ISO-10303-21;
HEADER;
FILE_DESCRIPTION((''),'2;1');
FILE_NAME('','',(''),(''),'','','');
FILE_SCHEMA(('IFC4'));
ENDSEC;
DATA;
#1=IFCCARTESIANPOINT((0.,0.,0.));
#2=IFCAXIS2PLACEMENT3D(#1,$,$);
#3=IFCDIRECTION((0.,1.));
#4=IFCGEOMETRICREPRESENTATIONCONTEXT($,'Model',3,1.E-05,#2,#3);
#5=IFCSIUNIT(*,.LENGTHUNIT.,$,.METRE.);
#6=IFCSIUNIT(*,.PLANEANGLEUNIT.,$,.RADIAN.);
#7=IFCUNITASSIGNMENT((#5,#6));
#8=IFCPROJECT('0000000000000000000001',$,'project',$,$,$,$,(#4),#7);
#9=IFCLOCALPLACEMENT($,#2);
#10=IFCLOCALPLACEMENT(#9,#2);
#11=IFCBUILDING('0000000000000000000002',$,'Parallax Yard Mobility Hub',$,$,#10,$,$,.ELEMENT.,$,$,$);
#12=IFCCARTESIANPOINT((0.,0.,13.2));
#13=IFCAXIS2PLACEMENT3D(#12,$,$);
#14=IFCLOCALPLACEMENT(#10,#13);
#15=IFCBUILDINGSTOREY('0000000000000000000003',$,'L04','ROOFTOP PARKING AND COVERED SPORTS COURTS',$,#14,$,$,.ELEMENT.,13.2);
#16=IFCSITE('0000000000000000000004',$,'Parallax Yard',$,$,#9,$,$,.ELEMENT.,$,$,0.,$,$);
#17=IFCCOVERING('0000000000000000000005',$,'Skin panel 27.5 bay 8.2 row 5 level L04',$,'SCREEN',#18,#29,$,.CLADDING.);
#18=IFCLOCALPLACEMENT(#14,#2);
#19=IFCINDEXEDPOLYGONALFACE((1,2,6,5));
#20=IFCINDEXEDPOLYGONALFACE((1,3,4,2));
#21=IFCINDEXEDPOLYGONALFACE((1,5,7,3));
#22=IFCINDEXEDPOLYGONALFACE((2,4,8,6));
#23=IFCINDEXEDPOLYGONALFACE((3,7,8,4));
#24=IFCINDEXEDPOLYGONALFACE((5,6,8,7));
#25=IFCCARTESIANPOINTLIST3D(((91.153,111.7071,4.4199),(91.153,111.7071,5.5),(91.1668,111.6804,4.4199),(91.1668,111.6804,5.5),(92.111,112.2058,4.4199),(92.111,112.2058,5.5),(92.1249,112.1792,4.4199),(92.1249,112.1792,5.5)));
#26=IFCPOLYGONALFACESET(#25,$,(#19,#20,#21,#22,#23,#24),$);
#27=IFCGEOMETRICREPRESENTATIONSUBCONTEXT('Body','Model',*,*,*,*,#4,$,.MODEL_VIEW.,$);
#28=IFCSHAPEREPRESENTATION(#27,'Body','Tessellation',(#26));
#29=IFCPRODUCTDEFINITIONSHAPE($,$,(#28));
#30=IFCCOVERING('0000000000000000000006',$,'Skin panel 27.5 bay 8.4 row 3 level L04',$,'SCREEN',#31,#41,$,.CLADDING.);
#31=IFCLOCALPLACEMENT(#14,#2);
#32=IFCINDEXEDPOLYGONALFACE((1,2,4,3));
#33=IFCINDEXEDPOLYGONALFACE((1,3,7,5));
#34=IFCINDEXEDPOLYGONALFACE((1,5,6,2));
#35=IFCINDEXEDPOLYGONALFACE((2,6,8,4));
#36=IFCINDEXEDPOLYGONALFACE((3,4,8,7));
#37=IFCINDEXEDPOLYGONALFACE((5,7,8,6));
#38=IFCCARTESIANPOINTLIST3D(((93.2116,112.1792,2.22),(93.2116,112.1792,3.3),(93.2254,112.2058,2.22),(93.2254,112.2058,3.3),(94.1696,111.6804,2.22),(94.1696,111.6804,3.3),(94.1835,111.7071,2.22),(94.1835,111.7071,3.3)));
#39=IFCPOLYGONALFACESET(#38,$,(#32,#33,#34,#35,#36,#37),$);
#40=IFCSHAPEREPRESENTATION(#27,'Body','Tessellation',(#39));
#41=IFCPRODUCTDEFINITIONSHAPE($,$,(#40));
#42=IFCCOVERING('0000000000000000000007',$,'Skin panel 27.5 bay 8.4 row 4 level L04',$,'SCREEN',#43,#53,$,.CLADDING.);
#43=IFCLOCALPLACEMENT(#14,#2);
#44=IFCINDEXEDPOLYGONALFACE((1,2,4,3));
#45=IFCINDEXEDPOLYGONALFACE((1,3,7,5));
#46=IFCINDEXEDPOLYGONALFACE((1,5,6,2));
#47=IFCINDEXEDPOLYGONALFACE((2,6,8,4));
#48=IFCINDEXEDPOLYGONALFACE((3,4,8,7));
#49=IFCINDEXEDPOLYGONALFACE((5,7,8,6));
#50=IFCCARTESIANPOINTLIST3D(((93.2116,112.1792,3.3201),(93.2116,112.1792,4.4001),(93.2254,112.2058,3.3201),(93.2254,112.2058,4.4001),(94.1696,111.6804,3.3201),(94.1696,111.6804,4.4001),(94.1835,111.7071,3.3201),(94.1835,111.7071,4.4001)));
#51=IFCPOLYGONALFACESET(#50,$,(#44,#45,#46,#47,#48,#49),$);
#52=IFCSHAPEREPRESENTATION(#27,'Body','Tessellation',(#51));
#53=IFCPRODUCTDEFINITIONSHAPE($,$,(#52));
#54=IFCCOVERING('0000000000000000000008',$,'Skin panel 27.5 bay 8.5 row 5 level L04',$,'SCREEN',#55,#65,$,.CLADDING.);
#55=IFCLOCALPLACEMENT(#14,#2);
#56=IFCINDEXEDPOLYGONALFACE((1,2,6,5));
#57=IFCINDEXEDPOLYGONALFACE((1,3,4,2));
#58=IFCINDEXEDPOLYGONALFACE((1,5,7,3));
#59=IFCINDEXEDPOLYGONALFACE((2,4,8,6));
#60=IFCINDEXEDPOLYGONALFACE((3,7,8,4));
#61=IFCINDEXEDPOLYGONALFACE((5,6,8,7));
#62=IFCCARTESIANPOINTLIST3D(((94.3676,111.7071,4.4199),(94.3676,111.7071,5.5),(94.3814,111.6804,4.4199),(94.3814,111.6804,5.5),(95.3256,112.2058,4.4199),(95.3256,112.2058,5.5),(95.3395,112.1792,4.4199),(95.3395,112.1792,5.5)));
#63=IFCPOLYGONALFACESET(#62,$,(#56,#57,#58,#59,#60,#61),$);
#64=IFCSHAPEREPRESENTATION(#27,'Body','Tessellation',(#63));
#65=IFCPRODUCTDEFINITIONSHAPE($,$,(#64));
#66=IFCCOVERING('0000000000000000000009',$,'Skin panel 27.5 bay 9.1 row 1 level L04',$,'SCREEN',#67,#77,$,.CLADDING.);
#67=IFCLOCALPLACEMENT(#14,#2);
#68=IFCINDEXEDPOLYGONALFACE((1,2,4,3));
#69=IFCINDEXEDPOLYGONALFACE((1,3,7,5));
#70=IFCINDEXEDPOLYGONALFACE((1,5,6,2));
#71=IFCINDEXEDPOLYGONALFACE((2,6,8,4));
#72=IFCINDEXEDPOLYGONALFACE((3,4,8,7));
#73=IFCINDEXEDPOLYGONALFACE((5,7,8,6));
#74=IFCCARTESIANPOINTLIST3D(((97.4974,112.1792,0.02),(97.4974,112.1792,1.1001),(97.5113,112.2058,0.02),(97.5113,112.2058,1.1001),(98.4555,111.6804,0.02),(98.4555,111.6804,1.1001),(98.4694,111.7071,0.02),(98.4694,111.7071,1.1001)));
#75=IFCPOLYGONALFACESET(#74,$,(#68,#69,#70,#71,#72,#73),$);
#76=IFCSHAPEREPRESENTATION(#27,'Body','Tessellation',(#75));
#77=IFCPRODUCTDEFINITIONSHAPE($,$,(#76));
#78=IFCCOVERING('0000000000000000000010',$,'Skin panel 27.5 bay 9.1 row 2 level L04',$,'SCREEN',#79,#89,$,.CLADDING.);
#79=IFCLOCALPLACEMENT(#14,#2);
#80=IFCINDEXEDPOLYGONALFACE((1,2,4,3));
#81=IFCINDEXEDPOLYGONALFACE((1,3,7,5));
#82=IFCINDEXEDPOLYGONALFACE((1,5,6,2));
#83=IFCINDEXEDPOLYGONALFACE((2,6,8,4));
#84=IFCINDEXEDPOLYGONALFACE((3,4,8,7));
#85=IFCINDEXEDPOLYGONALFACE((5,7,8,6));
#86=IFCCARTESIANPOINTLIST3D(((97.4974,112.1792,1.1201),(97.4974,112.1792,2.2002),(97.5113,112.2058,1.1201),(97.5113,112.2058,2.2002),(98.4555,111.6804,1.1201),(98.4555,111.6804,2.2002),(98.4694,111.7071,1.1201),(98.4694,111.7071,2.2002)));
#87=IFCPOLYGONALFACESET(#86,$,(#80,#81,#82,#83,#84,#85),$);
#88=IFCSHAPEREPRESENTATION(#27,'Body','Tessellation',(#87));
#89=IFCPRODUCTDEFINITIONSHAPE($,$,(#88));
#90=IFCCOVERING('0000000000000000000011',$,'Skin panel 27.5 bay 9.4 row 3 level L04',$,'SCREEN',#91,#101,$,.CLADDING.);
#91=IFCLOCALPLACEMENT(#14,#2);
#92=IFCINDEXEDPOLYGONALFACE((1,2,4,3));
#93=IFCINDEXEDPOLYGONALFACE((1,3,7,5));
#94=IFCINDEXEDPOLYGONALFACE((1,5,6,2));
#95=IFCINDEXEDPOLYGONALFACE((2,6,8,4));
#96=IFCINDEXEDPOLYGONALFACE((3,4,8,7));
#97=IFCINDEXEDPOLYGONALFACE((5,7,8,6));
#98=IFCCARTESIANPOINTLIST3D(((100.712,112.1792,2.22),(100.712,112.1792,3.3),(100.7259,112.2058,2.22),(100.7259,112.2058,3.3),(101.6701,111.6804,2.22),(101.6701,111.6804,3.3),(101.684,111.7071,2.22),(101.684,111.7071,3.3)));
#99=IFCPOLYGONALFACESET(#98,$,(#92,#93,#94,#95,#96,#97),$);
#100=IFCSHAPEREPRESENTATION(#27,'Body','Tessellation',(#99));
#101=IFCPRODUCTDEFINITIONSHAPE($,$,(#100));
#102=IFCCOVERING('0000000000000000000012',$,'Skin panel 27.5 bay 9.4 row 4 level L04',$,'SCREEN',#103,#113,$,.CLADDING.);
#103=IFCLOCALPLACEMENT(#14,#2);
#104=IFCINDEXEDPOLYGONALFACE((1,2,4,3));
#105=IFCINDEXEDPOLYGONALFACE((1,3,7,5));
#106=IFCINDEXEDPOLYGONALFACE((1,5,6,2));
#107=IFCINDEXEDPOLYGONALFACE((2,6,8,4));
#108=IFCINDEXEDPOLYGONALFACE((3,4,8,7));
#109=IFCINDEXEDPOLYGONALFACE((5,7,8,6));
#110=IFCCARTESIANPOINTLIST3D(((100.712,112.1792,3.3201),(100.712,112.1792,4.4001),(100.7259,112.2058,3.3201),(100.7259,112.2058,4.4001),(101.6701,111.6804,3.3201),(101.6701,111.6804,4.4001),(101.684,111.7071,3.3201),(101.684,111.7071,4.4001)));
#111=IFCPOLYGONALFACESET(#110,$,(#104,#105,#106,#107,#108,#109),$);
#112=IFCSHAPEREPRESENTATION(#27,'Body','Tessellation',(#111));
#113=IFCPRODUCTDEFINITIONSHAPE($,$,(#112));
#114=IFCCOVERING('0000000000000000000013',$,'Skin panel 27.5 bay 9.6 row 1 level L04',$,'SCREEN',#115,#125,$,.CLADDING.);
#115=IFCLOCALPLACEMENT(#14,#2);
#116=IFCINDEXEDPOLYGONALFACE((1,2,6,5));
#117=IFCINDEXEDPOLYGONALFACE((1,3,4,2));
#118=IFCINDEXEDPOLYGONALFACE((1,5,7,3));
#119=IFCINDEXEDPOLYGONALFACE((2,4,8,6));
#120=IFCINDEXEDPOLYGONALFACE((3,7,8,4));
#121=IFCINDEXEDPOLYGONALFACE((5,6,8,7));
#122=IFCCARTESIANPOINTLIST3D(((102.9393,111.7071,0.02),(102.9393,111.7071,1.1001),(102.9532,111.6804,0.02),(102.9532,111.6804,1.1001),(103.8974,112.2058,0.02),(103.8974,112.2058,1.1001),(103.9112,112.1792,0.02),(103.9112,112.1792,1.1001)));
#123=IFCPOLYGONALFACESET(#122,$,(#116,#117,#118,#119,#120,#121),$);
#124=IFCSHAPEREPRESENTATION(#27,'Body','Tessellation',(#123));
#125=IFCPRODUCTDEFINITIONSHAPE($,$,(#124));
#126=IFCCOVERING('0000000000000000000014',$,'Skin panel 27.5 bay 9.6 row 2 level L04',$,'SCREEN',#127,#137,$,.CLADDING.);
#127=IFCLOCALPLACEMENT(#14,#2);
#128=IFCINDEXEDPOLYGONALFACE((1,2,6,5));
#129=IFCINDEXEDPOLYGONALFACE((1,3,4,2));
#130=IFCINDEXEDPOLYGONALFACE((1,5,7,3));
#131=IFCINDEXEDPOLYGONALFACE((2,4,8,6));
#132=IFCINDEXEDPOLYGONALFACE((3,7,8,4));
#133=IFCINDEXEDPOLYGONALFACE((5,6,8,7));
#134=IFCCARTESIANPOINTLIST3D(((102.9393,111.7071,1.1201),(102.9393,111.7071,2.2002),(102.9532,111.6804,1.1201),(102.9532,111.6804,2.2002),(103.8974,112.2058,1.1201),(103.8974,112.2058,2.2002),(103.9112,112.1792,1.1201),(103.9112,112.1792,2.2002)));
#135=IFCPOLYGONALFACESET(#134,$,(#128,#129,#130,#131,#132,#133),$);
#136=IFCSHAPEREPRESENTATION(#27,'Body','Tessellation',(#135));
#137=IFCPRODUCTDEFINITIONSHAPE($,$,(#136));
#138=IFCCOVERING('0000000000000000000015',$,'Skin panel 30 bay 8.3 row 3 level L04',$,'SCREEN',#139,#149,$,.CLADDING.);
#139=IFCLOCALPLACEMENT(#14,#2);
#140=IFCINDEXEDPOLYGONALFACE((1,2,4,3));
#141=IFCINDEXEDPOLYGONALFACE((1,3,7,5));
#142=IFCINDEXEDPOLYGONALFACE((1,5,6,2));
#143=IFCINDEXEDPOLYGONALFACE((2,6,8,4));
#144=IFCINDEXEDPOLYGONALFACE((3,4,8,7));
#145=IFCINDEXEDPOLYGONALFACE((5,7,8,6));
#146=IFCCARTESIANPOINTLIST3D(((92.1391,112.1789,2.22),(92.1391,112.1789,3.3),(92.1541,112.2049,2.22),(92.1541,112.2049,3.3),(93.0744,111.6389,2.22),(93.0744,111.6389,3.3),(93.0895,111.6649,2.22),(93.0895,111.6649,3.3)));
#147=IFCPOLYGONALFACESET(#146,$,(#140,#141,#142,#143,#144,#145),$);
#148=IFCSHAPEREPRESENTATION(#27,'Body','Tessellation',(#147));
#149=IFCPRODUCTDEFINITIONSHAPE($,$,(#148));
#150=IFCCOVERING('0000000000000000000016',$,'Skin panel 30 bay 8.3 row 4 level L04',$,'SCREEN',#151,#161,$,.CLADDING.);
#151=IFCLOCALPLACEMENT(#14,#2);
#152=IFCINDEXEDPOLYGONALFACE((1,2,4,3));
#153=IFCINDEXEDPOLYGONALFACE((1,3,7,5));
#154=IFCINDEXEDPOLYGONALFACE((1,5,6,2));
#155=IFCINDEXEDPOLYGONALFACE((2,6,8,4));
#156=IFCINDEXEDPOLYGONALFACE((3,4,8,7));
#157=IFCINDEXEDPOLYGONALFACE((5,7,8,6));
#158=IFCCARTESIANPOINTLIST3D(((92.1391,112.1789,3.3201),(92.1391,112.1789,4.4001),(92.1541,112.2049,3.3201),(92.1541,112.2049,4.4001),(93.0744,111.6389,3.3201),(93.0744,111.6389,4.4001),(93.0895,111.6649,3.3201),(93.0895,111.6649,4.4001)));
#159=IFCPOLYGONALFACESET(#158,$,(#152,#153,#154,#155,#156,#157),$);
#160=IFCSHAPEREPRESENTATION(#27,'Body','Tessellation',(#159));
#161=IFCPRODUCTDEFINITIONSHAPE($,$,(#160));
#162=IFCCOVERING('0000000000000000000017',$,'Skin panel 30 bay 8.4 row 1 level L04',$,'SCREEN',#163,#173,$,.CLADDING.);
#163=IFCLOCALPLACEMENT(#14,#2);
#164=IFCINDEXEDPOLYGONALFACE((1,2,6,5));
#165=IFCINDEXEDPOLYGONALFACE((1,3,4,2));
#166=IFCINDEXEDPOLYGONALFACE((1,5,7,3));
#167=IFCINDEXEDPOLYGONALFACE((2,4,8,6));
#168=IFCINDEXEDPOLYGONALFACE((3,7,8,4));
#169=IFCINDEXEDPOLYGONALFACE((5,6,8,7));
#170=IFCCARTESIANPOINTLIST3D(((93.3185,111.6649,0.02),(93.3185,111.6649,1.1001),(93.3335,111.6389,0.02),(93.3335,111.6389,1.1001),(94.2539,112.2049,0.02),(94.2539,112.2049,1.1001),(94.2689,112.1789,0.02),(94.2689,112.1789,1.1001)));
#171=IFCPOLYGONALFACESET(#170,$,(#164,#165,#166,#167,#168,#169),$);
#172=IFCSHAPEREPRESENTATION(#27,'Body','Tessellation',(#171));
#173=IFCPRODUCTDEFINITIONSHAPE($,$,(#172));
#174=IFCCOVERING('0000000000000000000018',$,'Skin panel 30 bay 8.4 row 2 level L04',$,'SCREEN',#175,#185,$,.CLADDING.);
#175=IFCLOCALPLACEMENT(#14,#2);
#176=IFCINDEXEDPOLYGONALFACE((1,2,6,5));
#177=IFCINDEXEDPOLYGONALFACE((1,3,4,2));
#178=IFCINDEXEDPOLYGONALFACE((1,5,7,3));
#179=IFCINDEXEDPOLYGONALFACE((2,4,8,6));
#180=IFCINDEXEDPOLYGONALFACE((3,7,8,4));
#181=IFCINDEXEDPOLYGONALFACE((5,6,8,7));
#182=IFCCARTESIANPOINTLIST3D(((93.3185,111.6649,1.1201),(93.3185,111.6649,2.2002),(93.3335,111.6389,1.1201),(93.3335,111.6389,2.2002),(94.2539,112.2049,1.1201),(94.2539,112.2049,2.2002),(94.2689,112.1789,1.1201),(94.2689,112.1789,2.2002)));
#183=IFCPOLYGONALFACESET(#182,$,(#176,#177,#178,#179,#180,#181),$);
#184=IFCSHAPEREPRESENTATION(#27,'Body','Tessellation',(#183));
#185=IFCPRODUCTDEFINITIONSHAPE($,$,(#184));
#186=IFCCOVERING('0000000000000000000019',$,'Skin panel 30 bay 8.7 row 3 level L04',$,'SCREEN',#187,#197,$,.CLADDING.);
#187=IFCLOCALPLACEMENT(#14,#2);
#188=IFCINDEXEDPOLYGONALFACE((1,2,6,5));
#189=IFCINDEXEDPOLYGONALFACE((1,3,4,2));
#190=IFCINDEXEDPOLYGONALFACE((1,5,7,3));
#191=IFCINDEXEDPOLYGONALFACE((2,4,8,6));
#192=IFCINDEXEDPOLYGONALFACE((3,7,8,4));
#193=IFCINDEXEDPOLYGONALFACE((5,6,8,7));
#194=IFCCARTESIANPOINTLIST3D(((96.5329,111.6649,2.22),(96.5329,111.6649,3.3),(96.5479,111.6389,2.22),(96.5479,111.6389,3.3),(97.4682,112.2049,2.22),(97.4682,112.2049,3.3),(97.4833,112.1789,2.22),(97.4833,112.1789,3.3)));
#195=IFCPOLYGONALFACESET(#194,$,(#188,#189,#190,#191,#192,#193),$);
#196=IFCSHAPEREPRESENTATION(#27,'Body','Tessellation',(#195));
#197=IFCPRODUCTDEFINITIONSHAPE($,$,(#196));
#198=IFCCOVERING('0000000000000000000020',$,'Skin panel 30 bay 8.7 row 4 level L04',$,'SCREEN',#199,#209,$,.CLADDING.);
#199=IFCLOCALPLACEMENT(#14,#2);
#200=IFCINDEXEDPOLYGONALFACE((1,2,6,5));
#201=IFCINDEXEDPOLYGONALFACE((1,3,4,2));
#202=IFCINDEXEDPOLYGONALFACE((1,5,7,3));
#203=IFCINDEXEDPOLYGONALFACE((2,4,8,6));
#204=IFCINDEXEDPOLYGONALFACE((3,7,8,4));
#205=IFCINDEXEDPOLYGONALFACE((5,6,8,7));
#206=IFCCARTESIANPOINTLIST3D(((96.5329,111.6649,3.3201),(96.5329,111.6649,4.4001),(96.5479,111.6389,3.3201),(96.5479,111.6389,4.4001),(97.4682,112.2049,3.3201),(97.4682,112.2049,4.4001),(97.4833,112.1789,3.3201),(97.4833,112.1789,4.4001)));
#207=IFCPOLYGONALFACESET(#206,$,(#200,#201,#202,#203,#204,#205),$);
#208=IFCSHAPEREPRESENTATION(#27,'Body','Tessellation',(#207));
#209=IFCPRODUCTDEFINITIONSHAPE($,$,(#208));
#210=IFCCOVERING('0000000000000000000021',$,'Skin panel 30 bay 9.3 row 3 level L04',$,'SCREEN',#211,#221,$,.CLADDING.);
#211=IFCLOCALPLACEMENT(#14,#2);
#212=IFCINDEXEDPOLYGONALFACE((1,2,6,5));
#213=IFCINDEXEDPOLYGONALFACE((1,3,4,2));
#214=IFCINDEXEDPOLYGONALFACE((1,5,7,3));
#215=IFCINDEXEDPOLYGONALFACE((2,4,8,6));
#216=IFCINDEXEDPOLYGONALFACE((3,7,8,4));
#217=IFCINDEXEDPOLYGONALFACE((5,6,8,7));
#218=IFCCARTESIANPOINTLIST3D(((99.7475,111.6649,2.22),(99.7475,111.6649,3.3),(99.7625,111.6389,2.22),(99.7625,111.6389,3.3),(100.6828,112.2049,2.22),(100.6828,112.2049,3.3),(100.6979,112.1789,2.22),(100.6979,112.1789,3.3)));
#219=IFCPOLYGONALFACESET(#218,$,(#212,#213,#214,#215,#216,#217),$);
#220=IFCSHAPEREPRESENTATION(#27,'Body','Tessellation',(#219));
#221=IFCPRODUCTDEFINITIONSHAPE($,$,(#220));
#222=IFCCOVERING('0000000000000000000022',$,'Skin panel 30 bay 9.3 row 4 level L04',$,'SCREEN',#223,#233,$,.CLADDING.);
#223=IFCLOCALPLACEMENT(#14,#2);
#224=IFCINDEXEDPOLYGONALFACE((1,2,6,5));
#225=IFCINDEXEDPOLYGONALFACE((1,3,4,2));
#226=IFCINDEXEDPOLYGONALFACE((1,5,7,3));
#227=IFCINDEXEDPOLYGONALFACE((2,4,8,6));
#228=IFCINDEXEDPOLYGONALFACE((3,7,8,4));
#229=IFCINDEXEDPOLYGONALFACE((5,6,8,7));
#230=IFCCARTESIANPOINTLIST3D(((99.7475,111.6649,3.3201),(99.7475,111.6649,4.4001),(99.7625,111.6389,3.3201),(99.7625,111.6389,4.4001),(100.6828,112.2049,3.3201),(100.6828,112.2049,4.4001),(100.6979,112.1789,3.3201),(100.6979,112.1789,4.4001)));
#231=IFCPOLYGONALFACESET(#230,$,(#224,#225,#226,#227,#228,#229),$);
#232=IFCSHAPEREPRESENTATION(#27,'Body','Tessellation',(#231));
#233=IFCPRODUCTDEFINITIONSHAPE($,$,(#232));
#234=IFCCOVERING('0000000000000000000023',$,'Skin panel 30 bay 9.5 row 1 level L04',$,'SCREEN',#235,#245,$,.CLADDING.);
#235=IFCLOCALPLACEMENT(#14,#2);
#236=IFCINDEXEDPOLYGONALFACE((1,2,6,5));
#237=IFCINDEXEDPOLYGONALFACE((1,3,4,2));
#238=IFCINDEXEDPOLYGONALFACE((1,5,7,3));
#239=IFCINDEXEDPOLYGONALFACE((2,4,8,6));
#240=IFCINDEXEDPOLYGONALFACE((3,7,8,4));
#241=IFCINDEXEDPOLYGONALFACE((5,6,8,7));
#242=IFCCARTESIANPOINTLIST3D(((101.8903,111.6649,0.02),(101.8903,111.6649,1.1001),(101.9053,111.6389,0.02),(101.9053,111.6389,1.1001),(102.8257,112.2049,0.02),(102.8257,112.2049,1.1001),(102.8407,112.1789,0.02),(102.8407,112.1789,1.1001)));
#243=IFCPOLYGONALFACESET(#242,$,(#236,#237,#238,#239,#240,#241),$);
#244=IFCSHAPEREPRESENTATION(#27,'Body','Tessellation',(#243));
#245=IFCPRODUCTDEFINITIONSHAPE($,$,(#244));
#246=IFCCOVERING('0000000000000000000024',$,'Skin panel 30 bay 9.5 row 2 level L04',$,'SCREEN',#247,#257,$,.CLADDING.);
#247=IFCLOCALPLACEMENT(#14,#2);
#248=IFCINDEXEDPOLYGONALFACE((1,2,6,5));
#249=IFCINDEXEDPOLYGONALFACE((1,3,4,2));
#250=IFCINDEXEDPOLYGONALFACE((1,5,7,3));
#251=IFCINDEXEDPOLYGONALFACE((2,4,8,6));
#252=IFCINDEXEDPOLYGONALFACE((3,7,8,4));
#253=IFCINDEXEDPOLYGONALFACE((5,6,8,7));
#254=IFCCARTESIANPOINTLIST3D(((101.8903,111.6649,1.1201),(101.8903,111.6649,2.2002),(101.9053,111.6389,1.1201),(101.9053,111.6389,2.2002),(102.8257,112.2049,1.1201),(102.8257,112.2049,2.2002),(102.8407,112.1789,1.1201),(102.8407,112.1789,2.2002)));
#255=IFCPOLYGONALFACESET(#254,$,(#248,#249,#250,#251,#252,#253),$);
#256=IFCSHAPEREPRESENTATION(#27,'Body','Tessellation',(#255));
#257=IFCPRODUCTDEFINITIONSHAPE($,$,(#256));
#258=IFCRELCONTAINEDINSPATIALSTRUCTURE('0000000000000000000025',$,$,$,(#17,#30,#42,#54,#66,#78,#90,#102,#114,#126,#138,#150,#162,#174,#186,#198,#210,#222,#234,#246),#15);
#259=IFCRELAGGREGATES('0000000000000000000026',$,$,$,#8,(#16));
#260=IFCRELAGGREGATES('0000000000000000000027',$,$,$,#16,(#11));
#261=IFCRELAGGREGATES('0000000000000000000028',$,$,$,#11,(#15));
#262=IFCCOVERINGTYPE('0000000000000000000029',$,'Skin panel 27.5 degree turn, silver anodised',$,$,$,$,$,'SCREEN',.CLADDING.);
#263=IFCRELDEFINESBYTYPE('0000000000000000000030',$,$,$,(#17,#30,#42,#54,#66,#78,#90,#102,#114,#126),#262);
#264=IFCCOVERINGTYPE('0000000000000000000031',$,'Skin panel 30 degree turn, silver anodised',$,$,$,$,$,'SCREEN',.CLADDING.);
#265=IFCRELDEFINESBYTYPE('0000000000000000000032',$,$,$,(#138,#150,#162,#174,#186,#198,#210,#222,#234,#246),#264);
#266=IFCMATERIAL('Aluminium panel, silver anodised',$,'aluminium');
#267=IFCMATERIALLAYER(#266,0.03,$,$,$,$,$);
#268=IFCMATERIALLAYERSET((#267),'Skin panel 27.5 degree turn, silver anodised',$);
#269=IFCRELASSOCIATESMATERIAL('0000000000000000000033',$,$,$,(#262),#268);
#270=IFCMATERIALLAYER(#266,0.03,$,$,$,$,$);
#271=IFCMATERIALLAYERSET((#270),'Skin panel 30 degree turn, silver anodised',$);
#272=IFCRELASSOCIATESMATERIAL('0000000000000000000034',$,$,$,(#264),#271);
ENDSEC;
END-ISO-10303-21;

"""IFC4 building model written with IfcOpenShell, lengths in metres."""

from ifc_helpers import new_model, si_unit, direction, frame, origin, origin_2d, place, context, subcontext, project, spatial, rectangle, extrude, material, layer, layer_set, type_object, element, save


model = new_model("IFC4")

# Units and contexts
model_context = context("Model", 3, precision=1e-05, world=origin(), true_north=direction((0.0, 1.0)))
body_context = subcontext(model_context, "Body", "Model", "MODEL_VIEW")
ifc_project = project(units=[si_unit("LENGTHUNIT", "METRE"), si_unit("PLANEANGLEUNIT", "RADIAN")], contexts=[model_context])

# Site, building, storey
site_placement = place(None, origin())
site = spatial("IfcSite", under=ifc_project, at=site_placement, Name="Parallax Yard", CompositionType="ELEMENT", RefElevation=0.0)
building_placement = place(site_placement, origin())
building = spatial("IfcBuilding", under=site, at=building_placement, Name="Parallax Yard Mobility Hub", CompositionType="ELEMENT")
storey_placement = place(building_placement, frame((0.0, 0.0, 13.2)))
storey = spatial("IfcBuildingStorey", under=building, at=storey_placement, Name="L04", Description="ROOFTOP PARKING AND COVERED SPORTS COURTS", CompositionType="ELEMENT", Elevation=13.2)

# Coverings
ifc_material = material(Name="Aluminium panel, silver anodised", Category="aluminium")
ifc_layer_1 = layer(ifc_material, 0.03)
ifc_layer_set_1 = layer_set([ifc_layer_1], Name="Skin panel 27.5 degree turn, silver anodised")
covering_type_1 = type_object("IfcCoveringType", Name="Skin panel 27.5 degree turn, silver anodised", ElementType="SCREEN", PredefinedType="CLADDING", material=ifc_layer_set_1)
for number, where, z_axis, x_axis, name in (
    (1, (91.6389, 111.9431, 4.4199), (0.0, 0.0, 1.0), (-0.887011, -0.461749, 0.0), "Skin panel 27.5 bay 8.2 row 5 level L04"),
    (2, (93.6975, 111.9431, 2.22), (0.0, 0.0, 1.0), (0.887011, -0.461749, 0.0), "Skin panel 27.5 bay 8.4 row 3 level L04"),
    (3, (93.6975, 111.9431, 3.3201), (0.0, 0.0, 1.0), (0.887011, -0.461749, 0.0), "Skin panel 27.5 bay 8.4 row 4 level L04"),
    (4, (94.8535, 111.9431, 4.4199), (0.0, 0.0, 1.0), (-0.887011, -0.461749, 0.0), "Skin panel 27.5 bay 8.5 row 5 level L04"),
    (5, (97.9834, 111.9431, 0.02), (0.0, 0.0, 1.0), (0.887011, -0.461749, 0.0), "Skin panel 27.5 bay 9.1 row 1 level L04"),
    (6, (97.9834, 111.9431, 1.1201), (0.0, 0.0, 1.0), (0.887011, -0.461749, 0.0), "Skin panel 27.5 bay 9.1 row 2 level L04"),
    (7, (101.198, 111.9431, 2.22), (0.0, 0.0, 1.0), (0.887011, -0.461749, 0.0), "Skin panel 27.5 bay 9.4 row 3 level L04"),
    (8, (101.198, 111.9431, 3.3201), (0.0, 0.0, 1.0), (0.887011, -0.461749, 0.0), "Skin panel 27.5 bay 9.4 row 4 level L04"),
    (9, (103.4253, 111.9431, 0.02), (0.0, 0.0, 1.0), (-0.887011, -0.461749, 0.0), "Skin panel 27.5 bay 9.6 row 1 level L04"),
    (10, (103.4253, 111.9431, 1.1201), (0.0, 0.0, 1.0), (-0.887011, -0.461749, 0.0), "Skin panel 27.5 bay 9.6 row 2 level L04"),
):
    element("IfcCovering", number, at=place(storey_placement, frame(where, z_axis=z_axis, x_axis=x_axis)), inside=storey, type_object=covering_type_1, Name=name, ObjectType="SCREEN", PredefinedType="CLADDING", context=body_context, shape_type="SweptSolid", body=[
        extrude(rectangle(XDim=1.0801, YDim=0.03, at=origin_2d()), origin(), (0.0, 0.0, 1.0), 1.0801),
    ])
ifc_layer_2 = layer(ifc_material, 0.03)
ifc_layer_set_2 = layer_set([ifc_layer_2], Name="Skin panel 30 degree turn, silver anodised")
covering_type_2 = type_object("IfcCoveringType", Name="Skin panel 30 degree turn, silver anodised", ElementType="SCREEN", PredefinedType="CLADDING", material=ifc_layer_set_2)
for number, where, z_axis, x_axis, name in (
    (11, (92.6143, 111.9219, 2.22), (0.0, 0.0, 1.0), (0.866025, -0.5, 0.0), "Skin panel 30 bay 8.3 row 3 level L04"),
    (12, (92.6143, 111.9219, 3.3201), (0.0, 0.0, 1.0), (0.866025, -0.5, 0.0), "Skin panel 30 bay 8.3 row 4 level L04"),
    (13, (93.7937, 111.9219, 0.02), (0.0, 0.0, 1.0), (-0.866025, -0.5, 0.0), "Skin panel 30 bay 8.4 row 1 level L04"),
    (14, (93.7937, 111.9219, 1.1201), (0.0, 0.0, 1.0), (-0.866025, -0.5, 0.0), "Skin panel 30 bay 8.4 row 2 level L04"),
    (15, (97.0081, 111.9219, 2.22), (0.0, 0.0, 1.0), (-0.866025, -0.5, 0.0), "Skin panel 30 bay 8.7 row 3 level L04"),
    (16, (97.0081, 111.9219, 3.3201), (0.0, 0.0, 1.0), (-0.866025, -0.5, 0.0), "Skin panel 30 bay 8.7 row 4 level L04"),
    (17, (100.2227, 111.9219, 2.22), (0.0, 0.0, 1.0), (-0.866025, -0.5, 0.0), "Skin panel 30 bay 9.3 row 3 level L04"),
    (18, (100.2227, 111.9219, 3.3201), (0.0, 0.0, 1.0), (-0.866025, -0.5, 0.0), "Skin panel 30 bay 9.3 row 4 level L04"),
    (19, (102.3655, 111.9219, 0.02), (0.0, 0.0, 1.0), (-0.866025, -0.5, 0.0), "Skin panel 30 bay 9.5 row 1 level L04"),
    (20, (102.3655, 111.9219, 1.1201), (0.0, 0.0, 1.0), (-0.866025, -0.5, 0.0), "Skin panel 30 bay 9.5 row 2 level L04"),
):
    element("IfcCovering", number, at=place(storey_placement, frame(where, z_axis=z_axis, x_axis=x_axis)), inside=storey, type_object=covering_type_2, Name=name, ObjectType="SCREEN", PredefinedType="CLADDING", context=body_context, shape_type="SweptSolid", body=[
        extrude(rectangle(XDim=1.0801, YDim=0.03, at=origin_2d()), origin(), (0.0, 0.0, 1.0), 1.0801),
    ])

save(model, "model.ifc")
